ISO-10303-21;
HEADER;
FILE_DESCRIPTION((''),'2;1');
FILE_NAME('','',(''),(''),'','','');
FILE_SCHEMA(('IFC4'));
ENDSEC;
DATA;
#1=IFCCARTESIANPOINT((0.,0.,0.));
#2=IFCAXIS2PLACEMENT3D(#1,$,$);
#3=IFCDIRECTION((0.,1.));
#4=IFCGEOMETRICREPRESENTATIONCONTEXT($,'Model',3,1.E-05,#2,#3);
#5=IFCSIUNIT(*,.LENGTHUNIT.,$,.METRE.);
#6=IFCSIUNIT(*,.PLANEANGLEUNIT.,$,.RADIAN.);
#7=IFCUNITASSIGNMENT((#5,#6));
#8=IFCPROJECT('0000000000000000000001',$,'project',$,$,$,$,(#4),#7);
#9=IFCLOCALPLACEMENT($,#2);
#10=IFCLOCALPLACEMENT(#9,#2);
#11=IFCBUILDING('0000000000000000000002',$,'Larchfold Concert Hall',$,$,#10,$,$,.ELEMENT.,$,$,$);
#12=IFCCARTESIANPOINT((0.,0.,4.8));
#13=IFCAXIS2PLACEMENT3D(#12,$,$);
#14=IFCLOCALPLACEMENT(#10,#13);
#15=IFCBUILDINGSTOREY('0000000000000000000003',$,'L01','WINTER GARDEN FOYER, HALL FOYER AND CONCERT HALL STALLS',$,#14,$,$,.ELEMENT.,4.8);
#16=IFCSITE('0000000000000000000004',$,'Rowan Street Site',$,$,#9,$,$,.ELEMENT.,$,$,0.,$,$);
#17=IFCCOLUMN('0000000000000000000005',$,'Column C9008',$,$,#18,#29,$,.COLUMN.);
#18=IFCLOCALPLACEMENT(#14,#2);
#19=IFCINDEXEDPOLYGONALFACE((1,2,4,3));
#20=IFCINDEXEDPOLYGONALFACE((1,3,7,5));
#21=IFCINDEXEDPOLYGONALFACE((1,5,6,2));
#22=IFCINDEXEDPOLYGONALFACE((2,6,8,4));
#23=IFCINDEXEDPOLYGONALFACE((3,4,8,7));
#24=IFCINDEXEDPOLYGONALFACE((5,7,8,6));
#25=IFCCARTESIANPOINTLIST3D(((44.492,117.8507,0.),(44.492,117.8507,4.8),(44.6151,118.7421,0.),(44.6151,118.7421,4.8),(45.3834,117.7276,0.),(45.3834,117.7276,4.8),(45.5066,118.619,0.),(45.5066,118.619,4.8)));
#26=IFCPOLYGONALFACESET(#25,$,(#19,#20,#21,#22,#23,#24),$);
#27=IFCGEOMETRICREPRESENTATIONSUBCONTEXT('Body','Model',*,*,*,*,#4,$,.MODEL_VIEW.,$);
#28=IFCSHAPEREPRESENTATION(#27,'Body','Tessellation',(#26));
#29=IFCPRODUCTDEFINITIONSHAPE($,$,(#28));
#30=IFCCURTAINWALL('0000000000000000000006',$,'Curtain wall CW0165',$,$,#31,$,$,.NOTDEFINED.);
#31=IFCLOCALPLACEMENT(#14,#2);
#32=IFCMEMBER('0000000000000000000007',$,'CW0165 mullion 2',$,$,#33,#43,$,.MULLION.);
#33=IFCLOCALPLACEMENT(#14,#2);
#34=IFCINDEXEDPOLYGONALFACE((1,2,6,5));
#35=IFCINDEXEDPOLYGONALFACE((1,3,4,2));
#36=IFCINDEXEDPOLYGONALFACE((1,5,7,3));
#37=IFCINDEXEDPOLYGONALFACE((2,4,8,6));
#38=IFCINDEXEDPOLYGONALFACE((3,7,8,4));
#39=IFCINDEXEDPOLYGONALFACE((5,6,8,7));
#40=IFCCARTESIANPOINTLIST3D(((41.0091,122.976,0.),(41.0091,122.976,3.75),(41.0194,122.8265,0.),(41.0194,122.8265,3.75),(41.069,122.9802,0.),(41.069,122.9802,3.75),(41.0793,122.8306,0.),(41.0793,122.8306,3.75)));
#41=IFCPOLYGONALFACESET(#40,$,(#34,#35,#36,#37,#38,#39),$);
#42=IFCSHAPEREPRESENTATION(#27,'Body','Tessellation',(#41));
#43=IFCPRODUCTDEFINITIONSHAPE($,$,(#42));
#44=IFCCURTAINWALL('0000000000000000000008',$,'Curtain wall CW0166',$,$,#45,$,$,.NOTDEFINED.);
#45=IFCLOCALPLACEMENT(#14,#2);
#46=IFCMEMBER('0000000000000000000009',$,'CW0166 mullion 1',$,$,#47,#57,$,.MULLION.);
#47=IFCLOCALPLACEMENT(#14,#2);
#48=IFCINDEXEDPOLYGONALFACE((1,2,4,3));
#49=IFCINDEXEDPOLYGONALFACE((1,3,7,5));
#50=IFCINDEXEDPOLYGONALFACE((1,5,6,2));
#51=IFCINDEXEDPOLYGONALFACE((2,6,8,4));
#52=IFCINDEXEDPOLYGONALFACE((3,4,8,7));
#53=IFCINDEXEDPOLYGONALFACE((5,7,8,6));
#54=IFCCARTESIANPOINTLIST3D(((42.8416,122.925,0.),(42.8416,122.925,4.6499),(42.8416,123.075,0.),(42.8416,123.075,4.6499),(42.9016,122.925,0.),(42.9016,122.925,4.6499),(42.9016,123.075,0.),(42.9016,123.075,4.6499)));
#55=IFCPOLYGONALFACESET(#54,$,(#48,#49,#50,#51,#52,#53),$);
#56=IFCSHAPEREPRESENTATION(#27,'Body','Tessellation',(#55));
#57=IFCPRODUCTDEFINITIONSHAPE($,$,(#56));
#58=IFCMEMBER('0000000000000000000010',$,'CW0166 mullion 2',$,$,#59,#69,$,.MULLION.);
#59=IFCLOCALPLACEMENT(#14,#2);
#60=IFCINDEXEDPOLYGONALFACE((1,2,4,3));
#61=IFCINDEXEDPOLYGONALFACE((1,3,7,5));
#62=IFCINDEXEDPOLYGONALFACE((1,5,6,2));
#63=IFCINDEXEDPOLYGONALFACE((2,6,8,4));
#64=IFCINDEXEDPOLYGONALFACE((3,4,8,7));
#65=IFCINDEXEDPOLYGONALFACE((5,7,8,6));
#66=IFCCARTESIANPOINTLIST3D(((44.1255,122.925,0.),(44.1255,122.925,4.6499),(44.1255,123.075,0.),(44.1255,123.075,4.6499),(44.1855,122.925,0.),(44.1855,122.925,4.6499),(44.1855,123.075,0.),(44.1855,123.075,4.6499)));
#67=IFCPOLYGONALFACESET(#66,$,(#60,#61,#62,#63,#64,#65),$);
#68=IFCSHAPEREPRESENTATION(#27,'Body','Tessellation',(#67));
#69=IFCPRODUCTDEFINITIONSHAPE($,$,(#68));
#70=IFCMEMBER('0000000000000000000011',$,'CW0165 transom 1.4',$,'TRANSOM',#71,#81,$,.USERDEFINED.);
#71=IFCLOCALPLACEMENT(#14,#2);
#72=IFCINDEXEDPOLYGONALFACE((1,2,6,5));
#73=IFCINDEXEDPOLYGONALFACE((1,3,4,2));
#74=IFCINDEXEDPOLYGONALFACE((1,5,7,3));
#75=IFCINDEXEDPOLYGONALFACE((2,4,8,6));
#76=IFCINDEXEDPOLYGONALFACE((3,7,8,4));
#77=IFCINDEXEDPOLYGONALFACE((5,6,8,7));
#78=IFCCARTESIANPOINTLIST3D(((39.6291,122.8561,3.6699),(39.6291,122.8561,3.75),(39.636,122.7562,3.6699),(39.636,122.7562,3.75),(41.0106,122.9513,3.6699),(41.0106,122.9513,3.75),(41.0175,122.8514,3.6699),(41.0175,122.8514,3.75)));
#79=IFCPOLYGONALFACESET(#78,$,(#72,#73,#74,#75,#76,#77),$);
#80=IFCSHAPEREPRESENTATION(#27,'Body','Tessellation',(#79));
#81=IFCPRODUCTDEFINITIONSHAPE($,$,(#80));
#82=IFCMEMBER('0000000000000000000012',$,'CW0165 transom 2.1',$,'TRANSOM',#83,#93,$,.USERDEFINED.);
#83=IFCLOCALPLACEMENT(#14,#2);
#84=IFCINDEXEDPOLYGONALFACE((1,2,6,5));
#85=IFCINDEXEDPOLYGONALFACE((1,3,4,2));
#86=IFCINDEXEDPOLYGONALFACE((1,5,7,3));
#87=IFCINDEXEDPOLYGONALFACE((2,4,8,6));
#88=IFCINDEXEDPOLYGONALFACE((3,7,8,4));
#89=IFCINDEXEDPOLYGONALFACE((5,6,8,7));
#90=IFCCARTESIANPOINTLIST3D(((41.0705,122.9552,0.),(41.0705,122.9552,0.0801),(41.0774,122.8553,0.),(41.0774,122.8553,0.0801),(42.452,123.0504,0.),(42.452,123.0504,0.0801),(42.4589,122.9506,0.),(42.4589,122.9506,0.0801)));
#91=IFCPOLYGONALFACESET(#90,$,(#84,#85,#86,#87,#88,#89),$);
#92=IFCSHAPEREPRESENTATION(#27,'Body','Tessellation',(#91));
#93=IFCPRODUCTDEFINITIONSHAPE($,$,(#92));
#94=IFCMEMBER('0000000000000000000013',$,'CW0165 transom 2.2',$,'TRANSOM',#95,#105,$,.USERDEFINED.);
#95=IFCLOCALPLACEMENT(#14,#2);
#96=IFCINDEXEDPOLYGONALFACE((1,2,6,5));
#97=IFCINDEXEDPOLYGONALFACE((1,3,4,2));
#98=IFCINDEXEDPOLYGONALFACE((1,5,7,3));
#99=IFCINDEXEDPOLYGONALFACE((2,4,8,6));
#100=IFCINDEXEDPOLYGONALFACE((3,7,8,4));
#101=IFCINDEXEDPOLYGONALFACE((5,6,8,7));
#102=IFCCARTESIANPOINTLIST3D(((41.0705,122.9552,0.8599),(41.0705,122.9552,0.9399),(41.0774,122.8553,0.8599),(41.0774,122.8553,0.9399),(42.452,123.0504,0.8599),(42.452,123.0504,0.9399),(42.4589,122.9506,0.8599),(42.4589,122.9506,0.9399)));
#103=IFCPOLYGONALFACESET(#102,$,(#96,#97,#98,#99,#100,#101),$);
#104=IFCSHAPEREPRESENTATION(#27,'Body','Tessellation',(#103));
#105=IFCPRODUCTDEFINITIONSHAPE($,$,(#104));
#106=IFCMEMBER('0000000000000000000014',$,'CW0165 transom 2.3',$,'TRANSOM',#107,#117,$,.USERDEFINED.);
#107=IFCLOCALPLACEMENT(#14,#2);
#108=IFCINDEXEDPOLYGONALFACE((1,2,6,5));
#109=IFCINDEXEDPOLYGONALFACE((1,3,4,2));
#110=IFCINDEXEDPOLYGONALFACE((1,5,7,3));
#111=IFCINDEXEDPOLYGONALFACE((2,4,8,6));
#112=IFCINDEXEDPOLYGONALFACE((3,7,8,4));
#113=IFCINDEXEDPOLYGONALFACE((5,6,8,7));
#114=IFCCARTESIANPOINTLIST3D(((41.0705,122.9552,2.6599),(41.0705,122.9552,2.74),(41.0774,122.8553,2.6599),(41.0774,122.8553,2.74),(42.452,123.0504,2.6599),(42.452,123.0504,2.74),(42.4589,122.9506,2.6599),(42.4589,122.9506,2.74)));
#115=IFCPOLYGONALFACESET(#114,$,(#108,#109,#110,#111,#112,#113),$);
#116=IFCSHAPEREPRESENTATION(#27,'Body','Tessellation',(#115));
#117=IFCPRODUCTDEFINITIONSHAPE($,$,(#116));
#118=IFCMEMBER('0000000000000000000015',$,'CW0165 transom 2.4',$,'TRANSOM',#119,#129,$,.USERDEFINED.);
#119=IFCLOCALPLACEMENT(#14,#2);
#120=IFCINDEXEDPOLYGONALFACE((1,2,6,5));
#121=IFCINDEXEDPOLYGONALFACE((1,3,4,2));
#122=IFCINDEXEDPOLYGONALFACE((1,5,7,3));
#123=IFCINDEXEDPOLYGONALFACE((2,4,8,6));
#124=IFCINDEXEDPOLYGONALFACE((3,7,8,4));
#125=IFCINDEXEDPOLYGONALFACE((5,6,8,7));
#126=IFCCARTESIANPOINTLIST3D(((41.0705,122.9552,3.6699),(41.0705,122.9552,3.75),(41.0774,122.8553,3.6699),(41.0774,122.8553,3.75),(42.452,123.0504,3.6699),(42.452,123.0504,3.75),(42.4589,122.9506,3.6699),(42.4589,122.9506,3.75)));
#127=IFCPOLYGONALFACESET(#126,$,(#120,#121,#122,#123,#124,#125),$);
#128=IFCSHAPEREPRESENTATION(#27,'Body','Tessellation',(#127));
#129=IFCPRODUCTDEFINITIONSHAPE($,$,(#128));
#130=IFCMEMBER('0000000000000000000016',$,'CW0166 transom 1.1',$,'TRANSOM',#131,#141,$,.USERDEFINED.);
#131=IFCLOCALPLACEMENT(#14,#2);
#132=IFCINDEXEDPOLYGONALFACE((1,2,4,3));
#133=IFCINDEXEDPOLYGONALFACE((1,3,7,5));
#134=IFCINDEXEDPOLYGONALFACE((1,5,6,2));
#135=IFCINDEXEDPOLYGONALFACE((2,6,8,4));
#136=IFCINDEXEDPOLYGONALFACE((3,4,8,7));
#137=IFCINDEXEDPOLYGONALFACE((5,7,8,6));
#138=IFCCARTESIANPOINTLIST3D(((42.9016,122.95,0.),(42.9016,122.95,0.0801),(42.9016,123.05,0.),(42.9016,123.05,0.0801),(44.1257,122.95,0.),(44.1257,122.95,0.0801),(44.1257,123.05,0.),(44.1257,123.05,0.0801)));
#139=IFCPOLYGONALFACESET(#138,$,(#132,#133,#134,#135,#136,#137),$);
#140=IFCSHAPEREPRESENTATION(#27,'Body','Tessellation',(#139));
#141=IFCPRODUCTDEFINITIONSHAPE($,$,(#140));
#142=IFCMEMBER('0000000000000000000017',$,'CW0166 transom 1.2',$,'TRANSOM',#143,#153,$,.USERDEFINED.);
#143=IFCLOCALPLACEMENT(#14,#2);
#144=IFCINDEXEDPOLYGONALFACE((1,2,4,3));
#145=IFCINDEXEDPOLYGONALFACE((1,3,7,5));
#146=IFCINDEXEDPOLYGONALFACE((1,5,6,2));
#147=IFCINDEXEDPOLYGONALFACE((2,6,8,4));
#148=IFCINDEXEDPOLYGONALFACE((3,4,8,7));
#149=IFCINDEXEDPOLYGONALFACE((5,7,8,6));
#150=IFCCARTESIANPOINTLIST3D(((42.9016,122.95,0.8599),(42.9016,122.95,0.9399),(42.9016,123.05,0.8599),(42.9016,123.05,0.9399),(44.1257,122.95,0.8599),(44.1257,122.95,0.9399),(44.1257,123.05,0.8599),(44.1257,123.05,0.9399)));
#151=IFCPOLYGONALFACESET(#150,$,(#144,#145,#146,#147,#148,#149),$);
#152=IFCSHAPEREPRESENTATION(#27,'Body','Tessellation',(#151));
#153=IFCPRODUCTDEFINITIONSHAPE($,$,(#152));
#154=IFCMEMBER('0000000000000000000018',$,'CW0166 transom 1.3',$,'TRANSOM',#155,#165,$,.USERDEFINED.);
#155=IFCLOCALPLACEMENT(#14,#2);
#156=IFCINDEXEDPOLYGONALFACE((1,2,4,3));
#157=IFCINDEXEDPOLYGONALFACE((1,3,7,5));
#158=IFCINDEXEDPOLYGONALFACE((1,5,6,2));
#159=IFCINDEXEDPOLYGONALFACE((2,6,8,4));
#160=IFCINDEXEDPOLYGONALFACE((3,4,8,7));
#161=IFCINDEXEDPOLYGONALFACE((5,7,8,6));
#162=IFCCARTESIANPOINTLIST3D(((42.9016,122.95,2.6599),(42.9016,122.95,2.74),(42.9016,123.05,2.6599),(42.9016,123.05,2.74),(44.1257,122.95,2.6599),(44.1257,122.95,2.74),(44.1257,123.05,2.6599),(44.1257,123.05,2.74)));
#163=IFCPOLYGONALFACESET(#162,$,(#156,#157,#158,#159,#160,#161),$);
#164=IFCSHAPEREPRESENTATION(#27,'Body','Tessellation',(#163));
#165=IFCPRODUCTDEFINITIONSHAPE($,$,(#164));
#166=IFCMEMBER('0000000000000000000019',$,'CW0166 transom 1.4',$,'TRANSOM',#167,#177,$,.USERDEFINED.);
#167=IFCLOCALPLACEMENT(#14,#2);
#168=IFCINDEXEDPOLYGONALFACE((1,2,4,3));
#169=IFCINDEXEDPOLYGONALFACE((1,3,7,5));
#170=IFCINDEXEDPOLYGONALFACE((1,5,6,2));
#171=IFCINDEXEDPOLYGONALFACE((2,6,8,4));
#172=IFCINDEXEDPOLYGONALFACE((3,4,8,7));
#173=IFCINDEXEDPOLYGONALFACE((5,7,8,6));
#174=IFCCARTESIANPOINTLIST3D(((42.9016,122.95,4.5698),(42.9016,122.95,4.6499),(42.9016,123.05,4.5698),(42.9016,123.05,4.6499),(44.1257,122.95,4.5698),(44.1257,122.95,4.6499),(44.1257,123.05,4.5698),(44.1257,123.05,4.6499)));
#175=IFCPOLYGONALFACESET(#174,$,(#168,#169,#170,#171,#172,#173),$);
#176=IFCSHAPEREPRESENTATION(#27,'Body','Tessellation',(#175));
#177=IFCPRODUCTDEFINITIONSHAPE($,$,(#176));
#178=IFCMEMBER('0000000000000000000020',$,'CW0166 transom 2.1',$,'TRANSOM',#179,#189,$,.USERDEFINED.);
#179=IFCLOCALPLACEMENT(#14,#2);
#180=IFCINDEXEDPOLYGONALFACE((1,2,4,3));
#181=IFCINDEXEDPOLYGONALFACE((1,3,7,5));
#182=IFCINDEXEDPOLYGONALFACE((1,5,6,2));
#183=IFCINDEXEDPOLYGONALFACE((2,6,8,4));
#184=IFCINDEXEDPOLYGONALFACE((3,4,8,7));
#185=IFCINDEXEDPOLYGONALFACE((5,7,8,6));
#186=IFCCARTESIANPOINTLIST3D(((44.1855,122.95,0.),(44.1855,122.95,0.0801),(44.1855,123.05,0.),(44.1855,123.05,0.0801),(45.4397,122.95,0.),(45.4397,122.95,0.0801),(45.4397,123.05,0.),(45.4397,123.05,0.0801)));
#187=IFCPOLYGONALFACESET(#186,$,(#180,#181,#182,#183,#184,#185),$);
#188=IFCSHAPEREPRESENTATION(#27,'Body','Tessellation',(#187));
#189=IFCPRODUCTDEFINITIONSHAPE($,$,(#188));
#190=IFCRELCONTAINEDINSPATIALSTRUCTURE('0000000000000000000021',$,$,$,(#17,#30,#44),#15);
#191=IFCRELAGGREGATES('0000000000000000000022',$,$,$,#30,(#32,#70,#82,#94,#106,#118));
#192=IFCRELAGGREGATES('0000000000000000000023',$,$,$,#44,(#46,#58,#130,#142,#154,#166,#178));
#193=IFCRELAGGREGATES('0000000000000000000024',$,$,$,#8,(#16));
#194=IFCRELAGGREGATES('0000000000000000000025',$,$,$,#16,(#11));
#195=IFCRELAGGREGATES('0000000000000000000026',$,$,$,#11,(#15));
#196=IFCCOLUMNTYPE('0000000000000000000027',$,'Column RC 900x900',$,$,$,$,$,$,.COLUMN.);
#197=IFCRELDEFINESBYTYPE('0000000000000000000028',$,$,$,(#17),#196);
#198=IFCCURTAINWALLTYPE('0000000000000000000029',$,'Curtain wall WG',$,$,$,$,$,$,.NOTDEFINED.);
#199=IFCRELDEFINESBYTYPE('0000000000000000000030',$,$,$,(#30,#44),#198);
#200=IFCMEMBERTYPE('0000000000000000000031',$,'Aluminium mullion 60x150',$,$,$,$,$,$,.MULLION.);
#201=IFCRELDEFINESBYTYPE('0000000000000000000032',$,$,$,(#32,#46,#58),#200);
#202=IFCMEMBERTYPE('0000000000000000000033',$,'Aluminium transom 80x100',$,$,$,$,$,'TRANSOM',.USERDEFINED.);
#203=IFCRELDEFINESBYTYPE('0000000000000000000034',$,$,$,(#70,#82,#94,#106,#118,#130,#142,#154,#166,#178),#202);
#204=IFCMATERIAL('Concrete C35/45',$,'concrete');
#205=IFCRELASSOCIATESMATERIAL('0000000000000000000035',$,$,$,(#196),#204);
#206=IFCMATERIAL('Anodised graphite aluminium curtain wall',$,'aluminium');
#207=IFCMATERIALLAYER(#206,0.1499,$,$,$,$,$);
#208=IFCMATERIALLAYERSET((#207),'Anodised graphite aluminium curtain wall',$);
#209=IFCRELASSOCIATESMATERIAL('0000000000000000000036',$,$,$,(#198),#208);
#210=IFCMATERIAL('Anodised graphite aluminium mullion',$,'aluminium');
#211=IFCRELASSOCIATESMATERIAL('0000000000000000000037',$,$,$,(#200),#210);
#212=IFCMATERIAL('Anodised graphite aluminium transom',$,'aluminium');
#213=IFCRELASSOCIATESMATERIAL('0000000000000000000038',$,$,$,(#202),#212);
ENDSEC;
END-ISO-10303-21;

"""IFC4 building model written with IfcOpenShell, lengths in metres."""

from ifc_helpers import new_model, si_unit, direction, frame, origin, origin_2d, place, context, subcontext, project, spatial, rectangle, extrude, material, layer, layer_set, material_profile, profile_set, type_object, element, aggregate, save


model = new_model("IFC4")

# Units and contexts
model_context = context("Model", 3, precision=1e-05, world=origin(), true_north=direction((0.0, 1.0)))
body_context = subcontext(model_context, "Body", "Model", "MODEL_VIEW")
ifc_project = project(units=[si_unit("LENGTHUNIT", "METRE"), si_unit("PLANEANGLEUNIT", "RADIAN")], contexts=[model_context])

# Site, building, storey
site_placement = place(None, origin())
site = spatial("IfcSite", under=ifc_project, at=site_placement, Name="Rowan Street Site", CompositionType="ELEMENT", RefElevation=0.0)
building_placement = place(site_placement, origin())
building = spatial("IfcBuilding", under=site, at=building_placement, Name="Larchfold Concert Hall", CompositionType="ELEMENT")
storey_placement = place(building_placement, frame((0.0, 0.0, 4.8)))
storey = spatial("IfcBuildingStorey", under=building, at=storey_placement, Name="L01", Description="WINTER GARDEN FOYER, HALL FOYER AND CONCERT HALL STALLS", CompositionType="ELEMENT", Elevation=4.8)

# Column
ifc_material_1 = material(Name="Concrete C35/45", Category="concrete")
ifc_material_profile_1 = material_profile(ifc_material_1, rectangle(XDim=0.8999, YDim=0.8999, at=origin_2d()))
ifc_profile_set_1 = profile_set([ifc_material_profile_1], Name="Concrete C35/45")
column_type = type_object("IfcColumnType", Name="Column RC 900x900", PredefinedType="COLUMN", material=ifc_profile_set_1)
column_placement = place(storey_placement, frame((44.9993, 118.2349, 0.0), z_axis=(0.0, 0.0, 1.0), x_axis=(0.136831, 0.990594, 0.0)))
element("IfcColumn", 1, at=column_placement, inside=storey, type_object=column_type, Name="Column C9008", PredefinedType="COLUMN", context=body_context, shape_type="SweptSolid", body=[
    extrude(rectangle(XDim=0.8999, YDim=0.8999, at=origin_2d()), origin(), (0.0, 0.0, 1.0), 4.8),
])

# Curtain wall, member
ifc_material_2 = material(Name="Anodised graphite aluminium curtain wall", Category="aluminium")
ifc_layer_1 = layer(ifc_material_2, 0.1499)
ifc_layer_set_1 = layer_set([ifc_layer_1], Name="Anodised graphite aluminium curtain wall")
curtain_wall_type = type_object("IfcCurtainWallType", Name="Curtain wall WG", PredefinedType="NOTDEFINED", material=ifc_layer_set_1)
curtain_wall_1_placement = place(storey_placement, origin())
curtain_wall_1 = element("IfcCurtainWall", 2, at=curtain_wall_1_placement, inside=storey, type_object=curtain_wall_type, Name="Curtain wall CW0165", PredefinedType="NOTDEFINED")
ifc_material_3 = material(Name="Anodised graphite aluminium mullion", Category="aluminium")
ifc_material_profile_2 = material_profile(ifc_material_3, rectangle(XDim=0.1499, YDim=0.0601, at=origin_2d()))
ifc_profile_set_2 = profile_set([ifc_material_profile_2], Name="Anodised graphite aluminium mullion")
member_type_1 = type_object("IfcMemberType", Name="Aluminium mullion 60x150", PredefinedType="MULLION", material=ifc_profile_set_2)
member_1_placement = place(storey_placement, frame((41.0442, 122.9033, 0.0), z_axis=(0.0, 0.0, 1.0), x_axis=(-0.0687, 0.997637, 0.0)))
member_1 = element("IfcMember", 3, at=member_1_placement, type_object=member_type_1, Name="CW0165 mullion 2", PredefinedType="MULLION", context=body_context, shape_type="SweptSolid", body=[
    extrude(rectangle(XDim=0.1499, YDim=0.0601, at=origin_2d()), origin(), (0.0, 0.0, 1.0), 3.75),
])

# Curtain wall, members
curtain_wall_2_placement = place(storey_placement, origin())
curtain_wall_2 = element("IfcCurtainWall", 4, at=curtain_wall_2_placement, inside=storey, type_object=curtain_wall_type, Name="Curtain wall CW0166", PredefinedType="NOTDEFINED")
member_2_placement = place(storey_placement, frame((42.8716, 123.0, 0.0), z_axis=(0.0, 0.0, 1.0), x_axis=(0.0, 1.0, 0.0)))
member_2 = element("IfcMember", 5, at=member_2_placement, type_object=member_type_1, Name="CW0166 mullion 1", PredefinedType="MULLION", context=body_context, shape_type="SweptSolid", body=[
    extrude(rectangle(XDim=0.1499, YDim=0.0601, at=origin_2d()), origin(), (0.0, 0.0, 1.0), 4.6499),
])
member_3_placement = place(storey_placement, frame((44.1555, 123.0, 0.0), z_axis=(0.0, 0.0, 1.0), x_axis=(0.0, 1.0, 0.0)))
member_3 = element("IfcMember", 6, at=member_3_placement, type_object=member_type_1, Name="CW0166 mullion 2", PredefinedType="MULLION", context=body_context, shape_type="SweptSolid", body=[
    extrude(rectangle(XDim=0.1499, YDim=0.0601, at=origin_2d()), origin(), (0.0, 0.0, 1.0), 4.6499),
])

# Members
ifc_material_4 = material(Name="Anodised graphite aluminium transom", Category="aluminium")
ifc_material_profile_3 = material_profile(ifc_material_4, rectangle(XDim=0.1001, YDim=0.0801, at=origin_2d()))
ifc_profile_set_3 = profile_set([ifc_material_profile_3], Name="Anodised graphite aluminium transom")
member_type_2 = type_object("IfcMemberType", Name="Aluminium transom 80x100", ElementType="TRANSOM", PredefinedType="USERDEFINED", material=ifc_profile_set_3)
member_4_placement = place(storey_placement, frame((39.6326, 122.8062, 3.71), z_axis=(0.997634, 0.068754, 0.0), x_axis=(-0.068754, 0.997634, 0.0)))
member_4 = element("IfcMember", 7, at=member_4_placement, type_object=member_type_2, Name="CW0165 transom 1.4", ObjectType="TRANSOM", PredefinedType="USERDEFINED", context=body_context, shape_type="SweptSolid", body=[
    extrude(rectangle(XDim=0.1001, YDim=0.0801, at=origin_2d()), origin(), (0.0, 0.0, 1.0), 1.3848),
])
member_5_placement = place(storey_placement, frame((41.074, 122.9053, 0.04), z_axis=(0.997634, 0.068754, 0.0), x_axis=(-0.068754, 0.997634, 0.0)))
member_5 = element("IfcMember", 8, at=member_5_placement, type_object=member_type_2, Name="CW0165 transom 2.1", ObjectType="TRANSOM", PredefinedType="USERDEFINED", context=body_context, shape_type="SweptSolid", body=[
    extrude(rectangle(XDim=0.1001, YDim=0.0801, at=origin_2d()), origin(), (0.0, 0.0, 1.0), 1.3848),
])
member_6_placement = place(storey_placement, frame((41.074, 122.9053, 0.8999), z_axis=(0.997634, 0.068754, 0.0), x_axis=(-0.068754, 0.997634, 0.0)))
member_6 = element("IfcMember", 9, at=member_6_placement, type_object=member_type_2, Name="CW0165 transom 2.2", ObjectType="TRANSOM", PredefinedType="USERDEFINED", context=body_context, shape_type="SweptSolid", body=[
    extrude(rectangle(XDim=0.1001, YDim=0.0801, at=origin_2d()), origin(), (0.0, 0.0, 1.0), 1.3848),
])
member_7_placement = place(storey_placement, frame((41.074, 122.9053, 2.7), z_axis=(0.997634, 0.068754, 0.0), x_axis=(-0.068754, 0.997634, 0.0)))
member_7 = element("IfcMember", 10, at=member_7_placement, type_object=member_type_2, Name="CW0165 transom 2.3", ObjectType="TRANSOM", PredefinedType="USERDEFINED", context=body_context, shape_type="SweptSolid", body=[
    extrude(rectangle(XDim=0.1001, YDim=0.0801, at=origin_2d()), origin(), (0.0, 0.0, 1.0), 1.3848),
])
member_8_placement = place(storey_placement, frame((41.074, 122.9053, 3.71), z_axis=(0.997634, 0.068754, 0.0), x_axis=(-0.068754, 0.997634, 0.0)))
member_8 = element("IfcMember", 11, at=member_8_placement, type_object=member_type_2, Name="CW0165 transom 2.4", ObjectType="TRANSOM", PredefinedType="USERDEFINED", context=body_context, shape_type="SweptSolid", body=[
    extrude(rectangle(XDim=0.1001, YDim=0.0801, at=origin_2d()), origin(), (0.0, 0.0, 1.0), 1.3848),
])
member_9_placement = place(storey_placement, frame((42.9016, 123.0, 0.04), z_axis=(1.0, 0.0, 0.0), x_axis=(0.0, 1.0, 0.0)))
member_9 = element("IfcMember", 12, at=member_9_placement, type_object=member_type_2, Name="CW0166 transom 1.1", ObjectType="TRANSOM", PredefinedType="USERDEFINED", context=body_context, shape_type="SweptSolid", body=[
    extrude(rectangle(XDim=0.1001, YDim=0.0801, at=origin_2d()), origin(), (0.0, 0.0, 1.0), 1.2241),
])
member_10_placement = place(storey_placement, frame((42.9016, 123.0, 0.8999), z_axis=(1.0, 0.0, 0.0), x_axis=(0.0, 1.0, 0.0)))
member_10 = element("IfcMember", 13, at=member_10_placement, type_object=member_type_2, Name="CW0166 transom 1.2", ObjectType="TRANSOM", PredefinedType="USERDEFINED", context=body_context, shape_type="SweptSolid", body=[
    extrude(rectangle(XDim=0.1001, YDim=0.0801, at=origin_2d()), origin(), (0.0, 0.0, 1.0), 1.2241),
])
member_11_placement = place(storey_placement, frame((42.9016, 123.0, 2.7), z_axis=(1.0, 0.0, 0.0), x_axis=(0.0, 1.0, 0.0)))
member_11 = element("IfcMember", 14, at=member_11_placement, type_object=member_type_2, Name="CW0166 transom 1.3", ObjectType="TRANSOM", PredefinedType="USERDEFINED", context=body_context, shape_type="SweptSolid", body=[
    extrude(rectangle(XDim=0.1001, YDim=0.0801, at=origin_2d()), origin(), (0.0, 0.0, 1.0), 1.2241),
])
member_12_placement = place(storey_placement, frame((42.9016, 123.0, 4.6099), z_axis=(1.0, 0.0, 0.0), x_axis=(0.0, 1.0, 0.0)))
member_12 = element("IfcMember", 15, at=member_12_placement, type_object=member_type_2, Name="CW0166 transom 1.4", ObjectType="TRANSOM", PredefinedType="USERDEFINED", context=body_context, shape_type="SweptSolid", body=[
    extrude(rectangle(XDim=0.1001, YDim=0.0801, at=origin_2d()), origin(), (0.0, 0.0, 1.0), 1.2241),
])
member_13_placement = place(storey_placement, frame((44.1855, 123.0, 0.04), z_axis=(1.0, 0.0, 0.0), x_axis=(0.0, 1.0, 0.0)))
member_13 = element("IfcMember", 16, at=member_13_placement, type_object=member_type_2, Name="CW0166 transom 2.1", ObjectType="TRANSOM", PredefinedType="USERDEFINED", context=body_context, shape_type="SweptSolid", body=[
    extrude(rectangle(XDim=0.1001, YDim=0.0801, at=origin_2d()), origin(), (0.0, 0.0, 1.0), 1.2542),
])

aggregate(curtain_wall_1, [member_1, member_4, member_5, member_6, member_7, member_8])
aggregate(curtain_wall_2, [member_2, member_3, member_9, member_10, member_11, member_12, member_13])

save(model, "model.ifc")
